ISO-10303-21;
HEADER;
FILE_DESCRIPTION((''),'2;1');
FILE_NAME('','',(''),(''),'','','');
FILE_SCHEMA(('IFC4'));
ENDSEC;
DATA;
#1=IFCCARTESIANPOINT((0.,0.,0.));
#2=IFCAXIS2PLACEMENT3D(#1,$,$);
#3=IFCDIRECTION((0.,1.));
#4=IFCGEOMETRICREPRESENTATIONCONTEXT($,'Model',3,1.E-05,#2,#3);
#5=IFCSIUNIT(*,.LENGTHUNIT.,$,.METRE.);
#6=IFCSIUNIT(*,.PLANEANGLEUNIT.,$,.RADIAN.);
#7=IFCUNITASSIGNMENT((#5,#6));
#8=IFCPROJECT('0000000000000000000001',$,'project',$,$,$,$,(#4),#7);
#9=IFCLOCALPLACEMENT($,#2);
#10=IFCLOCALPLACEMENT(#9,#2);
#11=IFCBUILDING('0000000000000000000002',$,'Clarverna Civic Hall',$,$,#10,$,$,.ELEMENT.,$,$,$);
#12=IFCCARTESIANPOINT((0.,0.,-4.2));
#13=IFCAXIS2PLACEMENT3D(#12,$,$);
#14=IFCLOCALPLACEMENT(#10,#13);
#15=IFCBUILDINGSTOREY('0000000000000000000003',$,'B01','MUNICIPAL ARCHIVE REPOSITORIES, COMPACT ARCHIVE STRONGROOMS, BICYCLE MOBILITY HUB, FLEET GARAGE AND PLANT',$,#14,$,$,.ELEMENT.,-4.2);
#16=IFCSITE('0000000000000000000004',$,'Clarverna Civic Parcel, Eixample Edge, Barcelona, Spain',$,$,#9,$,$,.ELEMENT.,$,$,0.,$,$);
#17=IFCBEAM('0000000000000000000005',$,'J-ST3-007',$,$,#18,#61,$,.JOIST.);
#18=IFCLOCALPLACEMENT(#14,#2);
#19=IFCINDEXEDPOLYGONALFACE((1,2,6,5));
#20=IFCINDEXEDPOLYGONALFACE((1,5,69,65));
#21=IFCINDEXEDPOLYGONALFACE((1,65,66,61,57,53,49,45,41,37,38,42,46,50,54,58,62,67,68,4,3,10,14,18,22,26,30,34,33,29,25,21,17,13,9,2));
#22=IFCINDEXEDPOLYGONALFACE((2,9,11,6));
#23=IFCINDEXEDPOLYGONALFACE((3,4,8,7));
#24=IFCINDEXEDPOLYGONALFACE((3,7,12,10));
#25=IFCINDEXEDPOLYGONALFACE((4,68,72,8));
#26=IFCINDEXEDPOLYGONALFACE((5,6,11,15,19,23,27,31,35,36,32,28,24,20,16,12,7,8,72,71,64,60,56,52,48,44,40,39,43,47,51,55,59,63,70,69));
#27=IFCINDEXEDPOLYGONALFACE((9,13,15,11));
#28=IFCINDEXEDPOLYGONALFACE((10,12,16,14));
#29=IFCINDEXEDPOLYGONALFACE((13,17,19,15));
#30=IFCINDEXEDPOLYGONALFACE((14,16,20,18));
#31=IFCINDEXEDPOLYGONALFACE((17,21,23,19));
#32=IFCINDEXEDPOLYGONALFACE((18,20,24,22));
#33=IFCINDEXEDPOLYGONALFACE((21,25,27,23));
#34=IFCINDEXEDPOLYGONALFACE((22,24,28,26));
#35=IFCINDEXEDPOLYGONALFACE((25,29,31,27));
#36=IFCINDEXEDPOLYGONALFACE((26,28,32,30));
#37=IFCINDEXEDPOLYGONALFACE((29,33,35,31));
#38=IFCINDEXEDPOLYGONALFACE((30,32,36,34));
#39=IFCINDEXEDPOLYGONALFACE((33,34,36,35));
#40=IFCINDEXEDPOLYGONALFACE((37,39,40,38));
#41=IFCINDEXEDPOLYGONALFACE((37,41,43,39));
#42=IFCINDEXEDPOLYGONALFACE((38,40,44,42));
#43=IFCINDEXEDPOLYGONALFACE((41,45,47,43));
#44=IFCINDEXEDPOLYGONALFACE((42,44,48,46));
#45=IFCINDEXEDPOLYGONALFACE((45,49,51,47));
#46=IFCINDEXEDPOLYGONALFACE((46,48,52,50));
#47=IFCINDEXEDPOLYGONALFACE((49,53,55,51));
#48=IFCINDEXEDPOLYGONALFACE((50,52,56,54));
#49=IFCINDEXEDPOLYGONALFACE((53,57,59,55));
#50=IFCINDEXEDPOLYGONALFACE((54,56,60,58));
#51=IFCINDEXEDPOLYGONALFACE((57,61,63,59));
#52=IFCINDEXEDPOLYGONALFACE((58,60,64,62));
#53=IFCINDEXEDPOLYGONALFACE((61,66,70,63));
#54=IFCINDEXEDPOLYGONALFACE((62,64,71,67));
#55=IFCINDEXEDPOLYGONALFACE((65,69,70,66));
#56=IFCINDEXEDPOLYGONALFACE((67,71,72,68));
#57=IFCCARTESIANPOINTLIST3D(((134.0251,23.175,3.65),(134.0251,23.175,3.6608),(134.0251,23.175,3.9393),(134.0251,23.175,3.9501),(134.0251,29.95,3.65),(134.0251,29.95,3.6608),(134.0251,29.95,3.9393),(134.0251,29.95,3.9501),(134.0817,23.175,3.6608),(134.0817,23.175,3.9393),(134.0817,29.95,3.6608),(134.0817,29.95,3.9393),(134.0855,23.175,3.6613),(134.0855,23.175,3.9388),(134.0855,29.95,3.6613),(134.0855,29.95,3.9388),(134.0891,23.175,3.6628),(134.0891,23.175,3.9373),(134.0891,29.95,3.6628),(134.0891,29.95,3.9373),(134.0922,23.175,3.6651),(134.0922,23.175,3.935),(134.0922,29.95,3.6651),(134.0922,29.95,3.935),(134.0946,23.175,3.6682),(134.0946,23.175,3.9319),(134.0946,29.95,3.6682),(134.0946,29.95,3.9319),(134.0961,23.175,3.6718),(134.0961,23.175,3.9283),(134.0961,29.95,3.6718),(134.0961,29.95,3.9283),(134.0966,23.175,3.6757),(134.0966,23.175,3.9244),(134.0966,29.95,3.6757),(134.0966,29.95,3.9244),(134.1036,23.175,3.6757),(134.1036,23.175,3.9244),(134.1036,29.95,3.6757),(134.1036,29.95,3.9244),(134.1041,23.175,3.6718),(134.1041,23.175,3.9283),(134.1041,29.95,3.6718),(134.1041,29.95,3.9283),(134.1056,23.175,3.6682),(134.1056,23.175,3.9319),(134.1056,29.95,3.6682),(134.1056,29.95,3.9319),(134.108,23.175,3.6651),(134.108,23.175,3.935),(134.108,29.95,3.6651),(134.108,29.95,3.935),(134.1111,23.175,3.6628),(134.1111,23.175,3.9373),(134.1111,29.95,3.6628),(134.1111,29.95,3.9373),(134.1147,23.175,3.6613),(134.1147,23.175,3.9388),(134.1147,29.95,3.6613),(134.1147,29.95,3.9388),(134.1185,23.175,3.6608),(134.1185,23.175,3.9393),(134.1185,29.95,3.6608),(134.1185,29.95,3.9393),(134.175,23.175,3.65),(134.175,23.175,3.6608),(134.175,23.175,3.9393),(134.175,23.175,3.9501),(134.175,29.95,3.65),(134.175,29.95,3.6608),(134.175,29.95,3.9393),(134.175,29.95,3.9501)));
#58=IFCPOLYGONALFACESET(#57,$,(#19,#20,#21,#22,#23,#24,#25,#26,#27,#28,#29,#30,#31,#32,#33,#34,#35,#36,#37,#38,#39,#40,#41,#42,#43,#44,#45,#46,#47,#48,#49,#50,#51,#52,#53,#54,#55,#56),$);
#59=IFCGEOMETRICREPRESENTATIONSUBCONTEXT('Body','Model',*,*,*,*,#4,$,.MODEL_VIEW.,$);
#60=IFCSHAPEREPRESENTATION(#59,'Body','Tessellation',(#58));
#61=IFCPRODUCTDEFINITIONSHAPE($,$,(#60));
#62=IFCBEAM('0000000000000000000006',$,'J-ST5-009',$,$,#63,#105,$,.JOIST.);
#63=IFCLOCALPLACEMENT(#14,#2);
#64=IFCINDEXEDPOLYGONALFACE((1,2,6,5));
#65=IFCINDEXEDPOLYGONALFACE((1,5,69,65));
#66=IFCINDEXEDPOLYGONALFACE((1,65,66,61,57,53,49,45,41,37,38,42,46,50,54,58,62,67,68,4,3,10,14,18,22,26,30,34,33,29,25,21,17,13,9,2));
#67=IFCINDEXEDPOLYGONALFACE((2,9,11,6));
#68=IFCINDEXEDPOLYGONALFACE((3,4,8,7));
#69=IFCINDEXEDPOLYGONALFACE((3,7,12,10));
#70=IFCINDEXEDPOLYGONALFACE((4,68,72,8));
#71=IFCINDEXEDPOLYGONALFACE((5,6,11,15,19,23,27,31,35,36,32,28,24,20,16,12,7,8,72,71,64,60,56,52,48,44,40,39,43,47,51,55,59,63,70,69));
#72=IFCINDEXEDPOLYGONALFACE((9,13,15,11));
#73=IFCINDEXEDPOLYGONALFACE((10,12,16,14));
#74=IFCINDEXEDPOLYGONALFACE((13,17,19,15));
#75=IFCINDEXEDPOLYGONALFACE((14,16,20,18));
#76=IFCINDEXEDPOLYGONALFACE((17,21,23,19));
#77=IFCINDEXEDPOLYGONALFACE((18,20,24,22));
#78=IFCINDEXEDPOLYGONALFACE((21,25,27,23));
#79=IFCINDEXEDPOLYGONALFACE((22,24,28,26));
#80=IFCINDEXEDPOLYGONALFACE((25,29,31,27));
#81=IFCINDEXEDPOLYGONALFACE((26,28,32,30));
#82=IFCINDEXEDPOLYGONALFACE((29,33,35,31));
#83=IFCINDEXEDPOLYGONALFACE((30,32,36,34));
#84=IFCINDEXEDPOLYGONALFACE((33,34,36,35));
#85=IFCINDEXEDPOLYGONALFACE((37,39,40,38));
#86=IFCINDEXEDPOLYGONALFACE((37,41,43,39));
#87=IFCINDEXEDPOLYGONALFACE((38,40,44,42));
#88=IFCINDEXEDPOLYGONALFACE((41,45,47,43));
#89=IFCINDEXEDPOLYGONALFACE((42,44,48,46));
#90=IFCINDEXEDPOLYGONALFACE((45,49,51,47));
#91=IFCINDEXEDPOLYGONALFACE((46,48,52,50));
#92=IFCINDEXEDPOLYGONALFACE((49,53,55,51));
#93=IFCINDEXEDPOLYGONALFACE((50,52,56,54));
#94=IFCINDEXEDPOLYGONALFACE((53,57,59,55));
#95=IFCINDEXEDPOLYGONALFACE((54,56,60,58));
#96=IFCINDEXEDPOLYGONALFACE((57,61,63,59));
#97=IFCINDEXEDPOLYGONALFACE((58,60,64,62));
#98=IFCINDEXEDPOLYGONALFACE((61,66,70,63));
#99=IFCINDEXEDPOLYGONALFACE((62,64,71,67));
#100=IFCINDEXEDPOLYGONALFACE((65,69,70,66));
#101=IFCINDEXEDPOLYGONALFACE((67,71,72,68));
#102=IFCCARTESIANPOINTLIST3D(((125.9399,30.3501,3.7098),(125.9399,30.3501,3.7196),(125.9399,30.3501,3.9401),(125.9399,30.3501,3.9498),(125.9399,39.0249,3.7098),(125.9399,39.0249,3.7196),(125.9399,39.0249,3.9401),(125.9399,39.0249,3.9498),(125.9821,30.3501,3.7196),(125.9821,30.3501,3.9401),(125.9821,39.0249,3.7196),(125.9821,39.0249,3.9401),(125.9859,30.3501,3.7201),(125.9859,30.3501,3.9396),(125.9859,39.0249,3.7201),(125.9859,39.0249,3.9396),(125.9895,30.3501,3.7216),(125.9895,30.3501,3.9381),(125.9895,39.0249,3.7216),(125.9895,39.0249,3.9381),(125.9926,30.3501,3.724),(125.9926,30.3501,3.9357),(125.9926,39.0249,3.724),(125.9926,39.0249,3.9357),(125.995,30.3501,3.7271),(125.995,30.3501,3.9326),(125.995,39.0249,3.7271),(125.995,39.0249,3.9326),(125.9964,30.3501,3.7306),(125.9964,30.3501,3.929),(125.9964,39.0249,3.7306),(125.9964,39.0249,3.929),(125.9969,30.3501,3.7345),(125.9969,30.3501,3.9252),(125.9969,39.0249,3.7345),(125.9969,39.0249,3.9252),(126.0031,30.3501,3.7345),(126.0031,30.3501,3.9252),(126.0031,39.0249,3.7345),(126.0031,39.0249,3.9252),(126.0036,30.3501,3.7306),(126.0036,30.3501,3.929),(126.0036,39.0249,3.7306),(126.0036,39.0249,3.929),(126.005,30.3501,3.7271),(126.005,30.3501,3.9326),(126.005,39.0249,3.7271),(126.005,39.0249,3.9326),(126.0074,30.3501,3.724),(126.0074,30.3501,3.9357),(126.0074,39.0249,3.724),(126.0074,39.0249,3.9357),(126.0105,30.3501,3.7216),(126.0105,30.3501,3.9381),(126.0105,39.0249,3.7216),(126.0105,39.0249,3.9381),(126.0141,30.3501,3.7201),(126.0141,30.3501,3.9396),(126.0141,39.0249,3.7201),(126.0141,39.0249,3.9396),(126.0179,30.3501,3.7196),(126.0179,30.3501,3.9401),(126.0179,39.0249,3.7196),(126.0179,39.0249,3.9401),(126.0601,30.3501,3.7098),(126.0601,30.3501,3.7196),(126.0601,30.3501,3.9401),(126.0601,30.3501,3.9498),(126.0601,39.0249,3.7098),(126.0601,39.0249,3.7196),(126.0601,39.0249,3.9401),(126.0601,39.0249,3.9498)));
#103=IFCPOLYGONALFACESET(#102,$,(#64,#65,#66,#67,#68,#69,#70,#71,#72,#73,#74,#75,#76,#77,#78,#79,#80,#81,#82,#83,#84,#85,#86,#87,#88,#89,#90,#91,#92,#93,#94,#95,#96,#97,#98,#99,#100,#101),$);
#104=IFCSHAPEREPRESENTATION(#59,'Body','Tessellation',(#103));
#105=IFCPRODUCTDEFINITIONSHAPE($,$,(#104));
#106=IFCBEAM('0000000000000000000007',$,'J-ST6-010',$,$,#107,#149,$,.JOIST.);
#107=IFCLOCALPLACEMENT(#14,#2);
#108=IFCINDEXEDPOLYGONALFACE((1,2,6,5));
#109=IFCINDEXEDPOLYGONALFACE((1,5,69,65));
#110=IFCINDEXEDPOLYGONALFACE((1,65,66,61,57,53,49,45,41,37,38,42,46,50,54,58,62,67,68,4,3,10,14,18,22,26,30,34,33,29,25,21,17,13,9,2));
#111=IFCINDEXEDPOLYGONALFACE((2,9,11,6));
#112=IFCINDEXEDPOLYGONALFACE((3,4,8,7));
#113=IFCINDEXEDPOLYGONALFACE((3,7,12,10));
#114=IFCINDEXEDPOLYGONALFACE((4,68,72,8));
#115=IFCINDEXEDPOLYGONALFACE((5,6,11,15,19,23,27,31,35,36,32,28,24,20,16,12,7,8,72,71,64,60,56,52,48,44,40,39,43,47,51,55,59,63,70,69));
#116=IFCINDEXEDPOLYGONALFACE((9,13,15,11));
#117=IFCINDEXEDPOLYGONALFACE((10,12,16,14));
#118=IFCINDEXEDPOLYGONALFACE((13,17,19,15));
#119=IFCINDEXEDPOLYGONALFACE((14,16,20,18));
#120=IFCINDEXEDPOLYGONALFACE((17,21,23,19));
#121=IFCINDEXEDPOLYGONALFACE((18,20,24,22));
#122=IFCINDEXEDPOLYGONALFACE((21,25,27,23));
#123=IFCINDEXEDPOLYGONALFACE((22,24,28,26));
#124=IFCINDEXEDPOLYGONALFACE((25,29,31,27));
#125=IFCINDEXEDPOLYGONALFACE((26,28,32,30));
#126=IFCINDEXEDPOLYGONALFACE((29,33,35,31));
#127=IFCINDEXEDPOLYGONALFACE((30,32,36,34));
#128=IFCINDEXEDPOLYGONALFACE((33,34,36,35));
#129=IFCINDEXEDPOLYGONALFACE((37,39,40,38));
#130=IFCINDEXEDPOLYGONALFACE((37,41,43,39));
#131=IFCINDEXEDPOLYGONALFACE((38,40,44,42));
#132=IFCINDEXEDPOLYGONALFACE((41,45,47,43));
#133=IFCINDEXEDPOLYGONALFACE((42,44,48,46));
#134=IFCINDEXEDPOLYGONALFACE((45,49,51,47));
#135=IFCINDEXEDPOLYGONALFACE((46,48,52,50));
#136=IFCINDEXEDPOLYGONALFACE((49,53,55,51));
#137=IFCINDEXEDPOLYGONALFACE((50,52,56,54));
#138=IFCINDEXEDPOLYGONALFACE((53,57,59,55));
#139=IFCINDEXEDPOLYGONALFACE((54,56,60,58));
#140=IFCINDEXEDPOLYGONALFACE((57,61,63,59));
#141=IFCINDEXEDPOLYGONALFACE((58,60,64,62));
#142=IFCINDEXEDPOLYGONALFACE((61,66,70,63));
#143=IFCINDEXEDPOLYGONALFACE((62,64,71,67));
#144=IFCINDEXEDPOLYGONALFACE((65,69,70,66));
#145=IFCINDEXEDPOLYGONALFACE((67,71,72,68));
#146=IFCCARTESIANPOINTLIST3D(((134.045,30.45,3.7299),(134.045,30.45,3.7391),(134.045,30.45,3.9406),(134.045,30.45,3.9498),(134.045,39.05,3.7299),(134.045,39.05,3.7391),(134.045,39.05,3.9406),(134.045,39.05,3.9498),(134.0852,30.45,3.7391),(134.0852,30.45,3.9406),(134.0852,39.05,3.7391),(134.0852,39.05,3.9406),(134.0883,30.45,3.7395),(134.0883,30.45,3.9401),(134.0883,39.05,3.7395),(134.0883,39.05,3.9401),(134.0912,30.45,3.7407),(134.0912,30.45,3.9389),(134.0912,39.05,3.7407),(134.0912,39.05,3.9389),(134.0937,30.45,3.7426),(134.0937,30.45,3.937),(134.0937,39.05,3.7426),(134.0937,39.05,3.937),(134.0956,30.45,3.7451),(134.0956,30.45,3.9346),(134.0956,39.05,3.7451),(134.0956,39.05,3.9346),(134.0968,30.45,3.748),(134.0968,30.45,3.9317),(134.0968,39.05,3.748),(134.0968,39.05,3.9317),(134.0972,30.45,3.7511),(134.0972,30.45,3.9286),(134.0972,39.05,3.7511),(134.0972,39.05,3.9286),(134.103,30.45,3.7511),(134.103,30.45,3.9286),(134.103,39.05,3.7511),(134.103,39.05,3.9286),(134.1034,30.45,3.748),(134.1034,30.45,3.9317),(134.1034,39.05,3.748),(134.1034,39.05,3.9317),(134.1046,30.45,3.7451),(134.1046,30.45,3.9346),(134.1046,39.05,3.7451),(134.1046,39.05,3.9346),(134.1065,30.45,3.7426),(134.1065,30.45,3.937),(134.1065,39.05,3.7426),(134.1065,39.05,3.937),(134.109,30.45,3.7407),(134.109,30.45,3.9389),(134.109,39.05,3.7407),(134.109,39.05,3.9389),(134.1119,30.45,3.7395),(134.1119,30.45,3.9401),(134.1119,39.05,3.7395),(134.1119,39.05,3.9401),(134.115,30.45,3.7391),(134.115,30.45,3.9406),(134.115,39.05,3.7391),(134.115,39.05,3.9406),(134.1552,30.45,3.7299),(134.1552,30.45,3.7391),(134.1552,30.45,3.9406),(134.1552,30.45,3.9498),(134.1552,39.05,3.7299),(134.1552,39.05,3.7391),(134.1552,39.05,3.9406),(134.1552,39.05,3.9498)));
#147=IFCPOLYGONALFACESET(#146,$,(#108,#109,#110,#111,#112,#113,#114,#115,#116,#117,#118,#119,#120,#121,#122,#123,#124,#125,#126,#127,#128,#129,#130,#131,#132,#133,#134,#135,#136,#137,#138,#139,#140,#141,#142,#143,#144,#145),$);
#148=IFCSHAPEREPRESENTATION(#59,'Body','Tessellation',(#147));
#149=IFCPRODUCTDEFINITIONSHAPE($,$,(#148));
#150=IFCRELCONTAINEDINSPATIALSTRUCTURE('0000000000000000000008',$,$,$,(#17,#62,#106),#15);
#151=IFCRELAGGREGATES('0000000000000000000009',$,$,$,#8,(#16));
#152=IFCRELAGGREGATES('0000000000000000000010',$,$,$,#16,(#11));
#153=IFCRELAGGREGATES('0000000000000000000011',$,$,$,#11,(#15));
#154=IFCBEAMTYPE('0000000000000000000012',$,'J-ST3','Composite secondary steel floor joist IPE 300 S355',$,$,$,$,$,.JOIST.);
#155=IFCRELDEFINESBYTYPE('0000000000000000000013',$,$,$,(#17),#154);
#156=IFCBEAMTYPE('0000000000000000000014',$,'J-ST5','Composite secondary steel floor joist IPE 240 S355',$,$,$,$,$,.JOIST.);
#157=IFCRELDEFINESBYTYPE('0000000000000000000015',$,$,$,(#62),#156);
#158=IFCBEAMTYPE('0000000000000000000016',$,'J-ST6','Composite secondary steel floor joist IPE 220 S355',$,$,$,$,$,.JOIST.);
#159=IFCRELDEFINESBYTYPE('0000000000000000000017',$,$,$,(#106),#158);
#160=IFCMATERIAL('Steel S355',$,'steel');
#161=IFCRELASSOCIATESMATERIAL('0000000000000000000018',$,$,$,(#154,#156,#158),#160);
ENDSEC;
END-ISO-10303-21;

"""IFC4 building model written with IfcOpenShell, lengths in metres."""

from ifc_helpers import new_model, si_unit, direction, frame, origin, origin_2d, place, context, subcontext, project, spatial, i_section, extrude, material, material_profile, profile_set, type_object, element, save


model = new_model("IFC4")

# Units and contexts
model_context = context("Model", 3, precision=1e-05, world=origin(), true_north=direction((0.0, 1.0)))
body_context = subcontext(model_context, "Body", "Model", "MODEL_VIEW")
ifc_project = project(units=[si_unit("LENGTHUNIT", "METRE"), si_unit("PLANEANGLEUNIT", "RADIAN")], contexts=[model_context])

# Site, building, storey
site_placement = place(None, origin())
site = spatial("IfcSite", under=ifc_project, at=site_placement, Name="Clarverna Civic Parcel, Eixample Edge, Barcelona, Spain", CompositionType="ELEMENT", RefElevation=0.0)
building_placement = place(site_placement, origin())
building = spatial("IfcBuilding", under=site, at=building_placement, Name="Clarverna Civic Hall", CompositionType="ELEMENT")
storey_placement = place(building_placement, frame((0.0, 0.0, -4.2)))
storey = spatial("IfcBuildingStorey", under=building, at=storey_placement, Name="B01", Description="MUNICIPAL ARCHIVE REPOSITORIES, COMPACT ARCHIVE STRONGROOMS, BICYCLE MOBILITY HUB, FLEET GARAGE AND PLANT", CompositionType="ELEMENT", Elevation=-4.2)

# Beams
ifc_material_1 = material(Name="Steel S355", Category="steel")
ifc_material_profile_1 = material_profile(ifc_material_1, i_section(OverallWidth=0.1499, OverallDepth=0.3, WebThickness=0.0071, FlangeThickness=0.0107, FilletRadius=0.0149, at=origin_2d()), Name="IPE 300")
ifc_profile_set_1 = profile_set([ifc_material_profile_1], Name="Steel S355")
beam_type_1 = type_object("IfcBeamType", Name="J-ST3", Description="Composite secondary steel floor joist IPE 300 S355", PredefinedType="JOIST", material=ifc_profile_set_1)
beam_1_placement = place(storey_placement, frame((134.1001, 23.175, 3.8), z_axis=(0.0, 1.0, 0.0), x_axis=(-1.0, 0.0, 0.0)))
element("IfcBeam", 1, at=beam_1_placement, inside=storey, type_object=beam_type_1, Name="J-ST3-007", PredefinedType="JOIST", context=body_context, shape_type="SweptSolid", body=[
    extrude(i_section(OverallWidth=0.1499, OverallDepth=0.3, WebThickness=0.0071, FlangeThickness=0.0107, FilletRadius=0.0149, at=origin_2d()), origin(), (0.0, 0.0, 1.0), 6.7749),
])
ifc_material_profile_2 = material_profile(ifc_material_1, i_section(OverallWidth=0.1201, OverallDepth=0.24, WebThickness=0.0061, FlangeThickness=0.0098, FilletRadius=0.0149, at=origin_2d()), Name="IPE 240")
ifc_profile_set_2 = profile_set([ifc_material_profile_2], Name="Steel S355")
beam_type_2 = type_object("IfcBeamType", Name="J-ST5", Description="Composite secondary steel floor joist IPE 240 S355", PredefinedType="JOIST", material=ifc_profile_set_2)
beam_2_placement = place(storey_placement, frame((126.0, 30.3501, 3.8298), z_axis=(0.0, 1.0, 0.0), x_axis=(-1.0, 0.0, 0.0)))
element("IfcBeam", 2, at=beam_2_placement, inside=storey, type_object=beam_type_2, Name="J-ST5-009", PredefinedType="JOIST", context=body_context, shape_type="SweptSolid", body=[
    extrude(i_section(OverallWidth=0.1201, OverallDepth=0.24, WebThickness=0.0061, FlangeThickness=0.0098, FilletRadius=0.0149, at=origin_2d()), origin(), (0.0, 0.0, 1.0), 8.6748),
])
ifc_material_profile_3 = material_profile(ifc_material_1, i_section(OverallWidth=0.1101, OverallDepth=0.22, WebThickness=0.0059, FlangeThickness=0.0093, FilletRadius=0.012, at=origin_2d()), Name="IPE 220")
ifc_profile_set_3 = profile_set([ifc_material_profile_3], Name="Steel S355")
beam_type_3 = type_object("IfcBeamType", Name="J-ST6", Description="Composite secondary steel floor joist IPE 220 S355", PredefinedType="JOIST", material=ifc_profile_set_3)
beam_3_placement = place(storey_placement, frame((134.1001, 30.45, 3.8398), z_axis=(0.0, 1.0, 0.0), x_axis=(-1.0, 0.0, 0.0)))
element("IfcBeam", 3, at=beam_3_placement, inside=storey, type_object=beam_type_3, Name="J-ST6-010", PredefinedType="JOIST", context=body_context, shape_type="SweptSolid", body=[
    extrude(i_section(OverallWidth=0.1101, OverallDepth=0.22, WebThickness=0.0059, FlangeThickness=0.0093, FilletRadius=0.012, at=origin_2d()), origin(), (0.0, 0.0, 1.0), 8.6001),
])

save(model, "model.ifc")
